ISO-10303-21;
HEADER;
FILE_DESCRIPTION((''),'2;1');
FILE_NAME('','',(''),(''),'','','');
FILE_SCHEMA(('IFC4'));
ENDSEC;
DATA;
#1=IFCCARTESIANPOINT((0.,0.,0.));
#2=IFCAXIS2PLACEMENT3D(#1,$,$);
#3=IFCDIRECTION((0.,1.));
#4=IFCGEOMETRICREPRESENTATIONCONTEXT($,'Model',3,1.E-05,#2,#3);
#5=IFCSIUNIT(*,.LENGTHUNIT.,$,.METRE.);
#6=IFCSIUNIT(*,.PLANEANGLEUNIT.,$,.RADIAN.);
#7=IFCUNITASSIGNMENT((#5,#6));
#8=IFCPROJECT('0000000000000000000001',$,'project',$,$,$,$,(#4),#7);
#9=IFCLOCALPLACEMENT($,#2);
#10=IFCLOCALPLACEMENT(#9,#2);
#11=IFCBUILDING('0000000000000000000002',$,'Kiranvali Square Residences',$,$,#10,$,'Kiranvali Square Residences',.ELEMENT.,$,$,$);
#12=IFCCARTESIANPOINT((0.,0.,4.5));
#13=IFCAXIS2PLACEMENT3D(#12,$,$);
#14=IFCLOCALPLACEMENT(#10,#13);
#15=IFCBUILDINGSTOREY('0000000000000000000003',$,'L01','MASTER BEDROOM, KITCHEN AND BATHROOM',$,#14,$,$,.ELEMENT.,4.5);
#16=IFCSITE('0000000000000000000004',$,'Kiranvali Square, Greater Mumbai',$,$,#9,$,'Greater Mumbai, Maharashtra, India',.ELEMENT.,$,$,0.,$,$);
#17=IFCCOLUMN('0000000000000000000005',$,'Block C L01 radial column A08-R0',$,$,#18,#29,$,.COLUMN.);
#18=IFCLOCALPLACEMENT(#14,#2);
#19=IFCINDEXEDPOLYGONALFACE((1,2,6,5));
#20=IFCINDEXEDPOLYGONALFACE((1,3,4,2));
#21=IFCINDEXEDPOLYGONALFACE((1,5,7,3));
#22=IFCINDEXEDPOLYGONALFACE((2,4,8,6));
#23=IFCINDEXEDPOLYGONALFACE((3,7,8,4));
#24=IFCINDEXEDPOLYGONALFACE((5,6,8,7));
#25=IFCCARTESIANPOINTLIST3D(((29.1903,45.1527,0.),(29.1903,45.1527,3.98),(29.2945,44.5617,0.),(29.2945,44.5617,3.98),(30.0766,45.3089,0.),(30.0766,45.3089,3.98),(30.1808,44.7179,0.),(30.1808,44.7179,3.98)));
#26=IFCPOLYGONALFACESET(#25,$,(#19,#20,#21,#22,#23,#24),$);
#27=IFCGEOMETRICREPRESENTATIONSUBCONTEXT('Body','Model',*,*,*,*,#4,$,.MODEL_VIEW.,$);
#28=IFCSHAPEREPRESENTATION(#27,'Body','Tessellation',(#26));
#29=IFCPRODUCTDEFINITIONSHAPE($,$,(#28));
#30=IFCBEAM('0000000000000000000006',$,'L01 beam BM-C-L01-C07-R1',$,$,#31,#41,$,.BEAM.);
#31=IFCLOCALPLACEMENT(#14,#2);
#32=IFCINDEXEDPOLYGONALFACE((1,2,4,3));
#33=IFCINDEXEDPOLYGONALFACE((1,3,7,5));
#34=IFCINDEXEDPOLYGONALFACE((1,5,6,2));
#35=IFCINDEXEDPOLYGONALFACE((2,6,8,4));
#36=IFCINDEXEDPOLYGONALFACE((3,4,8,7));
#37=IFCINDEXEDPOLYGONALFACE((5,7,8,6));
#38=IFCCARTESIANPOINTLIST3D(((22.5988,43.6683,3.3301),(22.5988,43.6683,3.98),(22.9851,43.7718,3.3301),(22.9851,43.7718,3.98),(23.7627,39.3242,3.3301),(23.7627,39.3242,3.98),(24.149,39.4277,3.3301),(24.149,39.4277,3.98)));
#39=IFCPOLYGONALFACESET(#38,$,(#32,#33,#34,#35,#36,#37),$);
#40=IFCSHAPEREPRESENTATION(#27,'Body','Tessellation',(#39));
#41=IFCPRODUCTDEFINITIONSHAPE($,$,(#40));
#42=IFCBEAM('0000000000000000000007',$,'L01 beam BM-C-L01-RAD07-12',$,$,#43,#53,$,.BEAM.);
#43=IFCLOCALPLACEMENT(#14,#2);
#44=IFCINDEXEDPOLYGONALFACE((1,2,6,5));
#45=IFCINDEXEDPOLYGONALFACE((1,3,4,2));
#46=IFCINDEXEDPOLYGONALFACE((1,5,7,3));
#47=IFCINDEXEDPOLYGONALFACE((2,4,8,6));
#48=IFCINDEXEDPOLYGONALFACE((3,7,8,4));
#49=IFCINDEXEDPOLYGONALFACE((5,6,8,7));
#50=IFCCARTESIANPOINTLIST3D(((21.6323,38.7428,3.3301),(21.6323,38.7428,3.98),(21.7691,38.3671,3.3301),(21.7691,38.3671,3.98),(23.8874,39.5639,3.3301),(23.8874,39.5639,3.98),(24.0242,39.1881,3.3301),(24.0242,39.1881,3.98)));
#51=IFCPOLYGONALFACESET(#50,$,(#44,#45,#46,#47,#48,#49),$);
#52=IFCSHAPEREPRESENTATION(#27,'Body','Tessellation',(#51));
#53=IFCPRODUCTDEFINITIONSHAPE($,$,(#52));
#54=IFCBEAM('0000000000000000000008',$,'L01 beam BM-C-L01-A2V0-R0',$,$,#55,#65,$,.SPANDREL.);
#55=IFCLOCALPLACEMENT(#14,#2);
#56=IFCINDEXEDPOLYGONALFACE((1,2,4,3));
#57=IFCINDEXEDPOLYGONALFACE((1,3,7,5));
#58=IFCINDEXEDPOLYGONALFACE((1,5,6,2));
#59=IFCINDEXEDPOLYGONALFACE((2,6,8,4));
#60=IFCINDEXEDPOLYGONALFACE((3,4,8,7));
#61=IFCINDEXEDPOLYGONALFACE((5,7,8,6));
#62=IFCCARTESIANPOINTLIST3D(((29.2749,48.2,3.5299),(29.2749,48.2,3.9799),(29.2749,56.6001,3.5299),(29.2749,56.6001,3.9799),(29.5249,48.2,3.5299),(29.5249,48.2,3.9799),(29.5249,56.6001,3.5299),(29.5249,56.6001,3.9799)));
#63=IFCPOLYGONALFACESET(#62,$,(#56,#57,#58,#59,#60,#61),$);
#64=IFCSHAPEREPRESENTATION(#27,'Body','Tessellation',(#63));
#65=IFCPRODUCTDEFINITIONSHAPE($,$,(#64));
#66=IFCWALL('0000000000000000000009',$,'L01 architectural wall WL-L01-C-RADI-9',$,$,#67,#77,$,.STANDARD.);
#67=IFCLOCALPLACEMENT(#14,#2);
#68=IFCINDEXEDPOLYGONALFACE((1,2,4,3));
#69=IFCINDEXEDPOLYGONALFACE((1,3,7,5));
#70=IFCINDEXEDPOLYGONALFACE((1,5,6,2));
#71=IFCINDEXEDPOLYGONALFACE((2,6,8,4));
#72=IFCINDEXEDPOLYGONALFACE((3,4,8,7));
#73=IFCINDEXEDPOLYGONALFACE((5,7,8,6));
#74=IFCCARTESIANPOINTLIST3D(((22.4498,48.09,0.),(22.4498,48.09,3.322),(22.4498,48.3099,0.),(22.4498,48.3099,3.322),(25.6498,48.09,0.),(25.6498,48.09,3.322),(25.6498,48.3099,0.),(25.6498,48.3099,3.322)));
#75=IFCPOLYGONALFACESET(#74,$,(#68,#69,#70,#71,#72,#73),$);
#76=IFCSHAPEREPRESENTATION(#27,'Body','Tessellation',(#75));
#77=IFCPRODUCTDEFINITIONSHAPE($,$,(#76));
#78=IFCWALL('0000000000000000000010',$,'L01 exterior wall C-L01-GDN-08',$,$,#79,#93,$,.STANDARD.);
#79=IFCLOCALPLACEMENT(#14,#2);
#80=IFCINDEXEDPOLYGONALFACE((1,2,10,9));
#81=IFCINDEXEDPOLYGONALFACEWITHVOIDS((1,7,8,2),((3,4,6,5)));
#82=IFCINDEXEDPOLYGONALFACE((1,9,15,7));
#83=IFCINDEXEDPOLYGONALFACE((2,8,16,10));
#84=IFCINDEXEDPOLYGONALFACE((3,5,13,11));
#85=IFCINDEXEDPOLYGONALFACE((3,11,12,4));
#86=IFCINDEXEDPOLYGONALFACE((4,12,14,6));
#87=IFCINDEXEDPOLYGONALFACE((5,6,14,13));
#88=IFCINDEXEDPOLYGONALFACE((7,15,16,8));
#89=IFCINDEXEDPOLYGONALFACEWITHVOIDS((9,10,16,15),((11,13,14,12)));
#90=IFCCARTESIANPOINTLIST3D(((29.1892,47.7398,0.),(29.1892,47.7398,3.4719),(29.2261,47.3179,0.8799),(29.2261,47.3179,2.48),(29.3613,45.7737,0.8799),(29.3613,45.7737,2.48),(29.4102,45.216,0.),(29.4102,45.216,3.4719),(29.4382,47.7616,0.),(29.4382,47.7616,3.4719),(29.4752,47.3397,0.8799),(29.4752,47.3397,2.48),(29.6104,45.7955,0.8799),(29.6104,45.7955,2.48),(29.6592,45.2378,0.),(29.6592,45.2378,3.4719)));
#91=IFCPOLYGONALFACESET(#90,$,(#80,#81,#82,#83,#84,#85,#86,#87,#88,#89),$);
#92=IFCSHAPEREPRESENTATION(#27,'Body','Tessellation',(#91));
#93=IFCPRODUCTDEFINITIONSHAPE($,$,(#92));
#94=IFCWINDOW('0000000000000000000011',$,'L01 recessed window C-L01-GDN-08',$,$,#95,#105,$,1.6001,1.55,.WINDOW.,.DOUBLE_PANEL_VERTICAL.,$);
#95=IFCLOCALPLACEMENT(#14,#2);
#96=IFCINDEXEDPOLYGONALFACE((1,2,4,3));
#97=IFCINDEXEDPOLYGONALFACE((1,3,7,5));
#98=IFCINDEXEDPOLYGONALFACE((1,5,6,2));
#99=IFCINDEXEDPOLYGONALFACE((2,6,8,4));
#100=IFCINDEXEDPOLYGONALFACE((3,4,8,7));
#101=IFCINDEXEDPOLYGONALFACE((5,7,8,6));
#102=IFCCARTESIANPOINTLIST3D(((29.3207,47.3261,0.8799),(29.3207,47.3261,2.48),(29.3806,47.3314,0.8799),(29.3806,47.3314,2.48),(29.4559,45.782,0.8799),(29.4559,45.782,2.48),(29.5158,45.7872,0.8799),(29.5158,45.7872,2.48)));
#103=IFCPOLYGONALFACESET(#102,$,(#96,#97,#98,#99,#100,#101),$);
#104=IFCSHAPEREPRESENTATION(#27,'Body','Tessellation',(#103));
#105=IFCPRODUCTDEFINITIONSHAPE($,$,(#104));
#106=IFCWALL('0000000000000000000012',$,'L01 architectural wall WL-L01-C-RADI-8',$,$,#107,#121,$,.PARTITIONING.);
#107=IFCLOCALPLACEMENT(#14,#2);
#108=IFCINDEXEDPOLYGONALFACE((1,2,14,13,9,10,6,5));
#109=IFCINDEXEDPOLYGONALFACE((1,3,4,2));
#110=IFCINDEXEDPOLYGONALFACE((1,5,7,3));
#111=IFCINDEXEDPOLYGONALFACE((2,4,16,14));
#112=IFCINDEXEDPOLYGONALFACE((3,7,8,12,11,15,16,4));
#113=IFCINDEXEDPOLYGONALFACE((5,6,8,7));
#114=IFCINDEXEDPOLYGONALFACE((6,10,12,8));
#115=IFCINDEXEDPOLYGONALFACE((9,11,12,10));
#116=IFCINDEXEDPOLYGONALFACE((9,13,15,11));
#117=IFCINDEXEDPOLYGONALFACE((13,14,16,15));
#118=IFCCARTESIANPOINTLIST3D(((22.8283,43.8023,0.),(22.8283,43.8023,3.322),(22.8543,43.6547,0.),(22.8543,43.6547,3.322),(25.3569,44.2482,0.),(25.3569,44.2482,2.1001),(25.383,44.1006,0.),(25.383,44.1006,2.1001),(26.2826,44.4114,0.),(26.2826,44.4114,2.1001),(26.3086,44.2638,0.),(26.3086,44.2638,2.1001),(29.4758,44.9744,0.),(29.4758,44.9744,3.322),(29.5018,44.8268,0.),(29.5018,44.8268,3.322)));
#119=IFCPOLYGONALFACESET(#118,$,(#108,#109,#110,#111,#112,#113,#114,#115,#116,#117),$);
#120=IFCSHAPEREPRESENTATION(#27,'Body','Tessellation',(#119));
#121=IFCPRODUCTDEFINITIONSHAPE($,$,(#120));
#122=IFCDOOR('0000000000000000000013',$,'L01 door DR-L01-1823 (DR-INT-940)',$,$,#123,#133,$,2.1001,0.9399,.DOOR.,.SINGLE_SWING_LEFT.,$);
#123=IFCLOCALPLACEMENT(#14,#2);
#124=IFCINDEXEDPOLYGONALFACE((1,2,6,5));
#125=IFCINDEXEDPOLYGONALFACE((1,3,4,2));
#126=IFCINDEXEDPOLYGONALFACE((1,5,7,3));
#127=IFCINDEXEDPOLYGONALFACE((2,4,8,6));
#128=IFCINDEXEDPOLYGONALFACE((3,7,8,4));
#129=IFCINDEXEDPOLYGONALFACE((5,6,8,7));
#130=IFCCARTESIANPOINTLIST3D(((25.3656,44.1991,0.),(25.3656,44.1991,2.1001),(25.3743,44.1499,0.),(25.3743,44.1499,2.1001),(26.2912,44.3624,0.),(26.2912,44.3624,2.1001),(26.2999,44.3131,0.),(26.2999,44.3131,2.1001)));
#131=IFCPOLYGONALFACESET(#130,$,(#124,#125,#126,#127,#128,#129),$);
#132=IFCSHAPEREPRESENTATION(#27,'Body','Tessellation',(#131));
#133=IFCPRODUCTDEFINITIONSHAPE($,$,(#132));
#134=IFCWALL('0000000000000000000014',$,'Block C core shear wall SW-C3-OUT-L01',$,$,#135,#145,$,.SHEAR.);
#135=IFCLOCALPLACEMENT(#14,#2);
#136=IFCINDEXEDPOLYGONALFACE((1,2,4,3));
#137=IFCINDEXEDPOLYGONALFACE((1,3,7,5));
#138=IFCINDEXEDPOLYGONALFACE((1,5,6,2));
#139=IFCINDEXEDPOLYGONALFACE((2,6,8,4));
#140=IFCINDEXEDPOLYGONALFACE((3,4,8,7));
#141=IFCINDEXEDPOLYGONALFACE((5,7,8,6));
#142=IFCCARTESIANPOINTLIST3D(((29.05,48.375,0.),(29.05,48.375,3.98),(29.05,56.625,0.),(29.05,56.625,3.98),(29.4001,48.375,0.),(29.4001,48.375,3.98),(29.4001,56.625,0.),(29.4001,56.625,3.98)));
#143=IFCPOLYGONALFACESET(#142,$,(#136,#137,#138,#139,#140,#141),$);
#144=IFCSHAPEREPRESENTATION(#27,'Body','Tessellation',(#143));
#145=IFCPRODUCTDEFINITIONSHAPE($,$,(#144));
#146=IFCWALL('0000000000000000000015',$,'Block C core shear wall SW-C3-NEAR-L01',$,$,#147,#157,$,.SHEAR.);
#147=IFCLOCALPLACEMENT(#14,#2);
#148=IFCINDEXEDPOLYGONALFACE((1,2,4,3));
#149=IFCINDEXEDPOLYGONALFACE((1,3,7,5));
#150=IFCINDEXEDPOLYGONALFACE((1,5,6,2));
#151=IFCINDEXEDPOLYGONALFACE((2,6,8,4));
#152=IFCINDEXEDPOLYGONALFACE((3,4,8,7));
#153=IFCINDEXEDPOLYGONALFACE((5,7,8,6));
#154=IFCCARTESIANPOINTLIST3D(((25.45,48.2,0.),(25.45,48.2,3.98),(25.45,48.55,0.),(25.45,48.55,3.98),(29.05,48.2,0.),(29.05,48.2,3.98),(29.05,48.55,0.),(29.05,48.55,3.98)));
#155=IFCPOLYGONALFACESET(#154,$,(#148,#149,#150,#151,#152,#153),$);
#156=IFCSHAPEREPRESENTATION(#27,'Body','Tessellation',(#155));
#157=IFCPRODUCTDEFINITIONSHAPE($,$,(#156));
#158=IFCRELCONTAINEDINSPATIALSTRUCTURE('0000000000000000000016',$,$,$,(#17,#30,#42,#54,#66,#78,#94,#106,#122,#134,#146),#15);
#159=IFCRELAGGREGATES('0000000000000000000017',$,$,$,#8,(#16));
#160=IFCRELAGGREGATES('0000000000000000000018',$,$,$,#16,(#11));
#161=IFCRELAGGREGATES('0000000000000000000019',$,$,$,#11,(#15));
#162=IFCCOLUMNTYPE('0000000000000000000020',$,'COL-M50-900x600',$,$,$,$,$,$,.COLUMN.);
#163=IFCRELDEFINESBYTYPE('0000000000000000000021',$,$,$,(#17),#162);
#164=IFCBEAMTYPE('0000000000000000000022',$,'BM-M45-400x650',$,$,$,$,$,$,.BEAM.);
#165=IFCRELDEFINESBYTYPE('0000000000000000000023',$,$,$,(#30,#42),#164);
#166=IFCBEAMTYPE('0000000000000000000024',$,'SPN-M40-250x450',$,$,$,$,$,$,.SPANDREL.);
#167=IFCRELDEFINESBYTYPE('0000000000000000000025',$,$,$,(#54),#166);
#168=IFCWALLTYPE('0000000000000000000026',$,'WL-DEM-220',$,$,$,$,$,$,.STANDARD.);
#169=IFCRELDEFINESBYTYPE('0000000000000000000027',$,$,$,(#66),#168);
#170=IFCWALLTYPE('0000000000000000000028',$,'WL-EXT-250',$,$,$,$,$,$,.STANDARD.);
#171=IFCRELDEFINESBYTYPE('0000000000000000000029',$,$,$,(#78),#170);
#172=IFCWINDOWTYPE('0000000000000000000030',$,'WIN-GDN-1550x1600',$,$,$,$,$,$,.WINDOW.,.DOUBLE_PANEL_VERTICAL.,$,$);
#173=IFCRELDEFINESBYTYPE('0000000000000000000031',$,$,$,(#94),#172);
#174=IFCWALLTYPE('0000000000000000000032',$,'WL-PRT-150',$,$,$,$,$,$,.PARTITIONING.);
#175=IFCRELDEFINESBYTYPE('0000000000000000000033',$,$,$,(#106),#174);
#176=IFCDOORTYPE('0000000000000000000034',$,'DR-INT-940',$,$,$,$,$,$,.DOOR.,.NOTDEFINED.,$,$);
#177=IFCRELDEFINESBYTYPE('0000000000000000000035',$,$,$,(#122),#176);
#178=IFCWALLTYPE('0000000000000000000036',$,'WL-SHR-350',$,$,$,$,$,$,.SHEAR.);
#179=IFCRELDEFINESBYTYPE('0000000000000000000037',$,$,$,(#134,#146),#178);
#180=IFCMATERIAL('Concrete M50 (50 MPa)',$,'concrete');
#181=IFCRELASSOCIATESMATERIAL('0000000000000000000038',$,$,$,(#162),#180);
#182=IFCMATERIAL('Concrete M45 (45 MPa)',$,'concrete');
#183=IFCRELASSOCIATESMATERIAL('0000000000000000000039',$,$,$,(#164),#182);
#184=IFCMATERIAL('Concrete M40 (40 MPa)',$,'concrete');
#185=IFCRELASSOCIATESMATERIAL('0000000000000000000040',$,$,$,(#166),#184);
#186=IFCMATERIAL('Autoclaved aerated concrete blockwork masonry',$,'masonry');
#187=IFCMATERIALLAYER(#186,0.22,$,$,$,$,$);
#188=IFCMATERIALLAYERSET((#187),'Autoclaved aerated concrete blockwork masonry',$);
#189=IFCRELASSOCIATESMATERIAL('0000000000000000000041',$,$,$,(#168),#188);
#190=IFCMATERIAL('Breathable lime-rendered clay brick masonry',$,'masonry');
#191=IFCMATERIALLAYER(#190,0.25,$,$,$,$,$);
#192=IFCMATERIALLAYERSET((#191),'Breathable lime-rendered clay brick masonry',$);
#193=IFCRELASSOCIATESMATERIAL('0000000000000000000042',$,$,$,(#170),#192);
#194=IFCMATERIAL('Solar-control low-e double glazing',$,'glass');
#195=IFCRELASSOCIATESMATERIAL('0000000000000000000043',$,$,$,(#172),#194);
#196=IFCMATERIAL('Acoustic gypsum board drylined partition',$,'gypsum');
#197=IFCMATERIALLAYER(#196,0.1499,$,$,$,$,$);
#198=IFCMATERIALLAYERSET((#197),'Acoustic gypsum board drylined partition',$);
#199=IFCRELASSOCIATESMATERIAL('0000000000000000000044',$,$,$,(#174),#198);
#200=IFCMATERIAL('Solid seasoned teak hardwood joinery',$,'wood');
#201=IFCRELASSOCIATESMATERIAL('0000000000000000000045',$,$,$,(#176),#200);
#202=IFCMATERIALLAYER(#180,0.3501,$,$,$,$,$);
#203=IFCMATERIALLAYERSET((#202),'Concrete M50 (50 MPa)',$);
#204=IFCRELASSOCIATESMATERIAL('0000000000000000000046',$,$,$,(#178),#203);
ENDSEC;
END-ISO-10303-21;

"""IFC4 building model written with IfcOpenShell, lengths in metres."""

from ifc_helpers import new_model, si_unit, direction, frame, frame_2d, origin, origin_2d, place, context, subcontext, project, spatial, rectangle, extrude, material, layer, layer_set, material_profile, profile_set, type_object, element, fill, save


model = new_model("IFC4")

# Units and contexts
model_context = context("Model", 3, precision=1e-05, world=origin(), true_north=direction((0.0, 1.0)))
body_context = subcontext(model_context, "Body", "Model", "MODEL_VIEW")
ifc_project = project(units=[si_unit("LENGTHUNIT", "METRE"), si_unit("PLANEANGLEUNIT", "RADIAN")], contexts=[model_context])

# Site, building, storey
site_placement = place(None, origin())
site = spatial("IfcSite", under=ifc_project, at=site_placement, Name="Kiranvali Square, Greater Mumbai", LongName="Greater Mumbai, Maharashtra, India", CompositionType="ELEMENT", RefElevation=0.0)
building_placement = place(site_placement, origin())
building = spatial("IfcBuilding", under=site, at=building_placement, Name="Kiranvali Square Residences", LongName="Kiranvali Square Residences", CompositionType="ELEMENT")
storey_placement = place(building_placement, frame((0.0, 0.0, 4.5)))
storey = spatial("IfcBuildingStorey", under=building, at=storey_placement, Name="L01", Description="MASTER BEDROOM, KITCHEN AND BATHROOM", CompositionType="ELEMENT", Elevation=4.5)

# Column
ifc_material_1 = material(Name="Concrete M50 (50 MPa)", Category="concrete")
ifc_material_profile_1 = material_profile(ifc_material_1, rectangle(XDim=0.6001, YDim=0.8999, at=origin_2d()), Name="RC 900x600")
ifc_profile_set_1 = profile_set([ifc_material_profile_1], Name="Concrete M50 (50 MPa)")
column_type = type_object("IfcColumnType", Name="COL-M50-900x600", PredefinedType="COLUMN", material=ifc_profile_set_1)
column_placement = place(storey_placement, frame((29.6855, 44.9353, 0.0), z_axis=(0.0, 0.0, 1.0), x_axis=(-0.173648, 0.984808, 0.0)))
element("IfcColumn", 1, at=column_placement, inside=storey, type_object=column_type, Name="Block C L01 radial column A08-R0", PredefinedType="COLUMN", context=body_context, shape_type="SweptSolid", body=[
    extrude(rectangle(XDim=0.6001, YDim=0.8999, at=origin_2d()), origin(), (0.0, 0.0, 1.0), 3.98),
])

# Beams
ifc_material_2 = material(Name="Concrete M45 (45 MPa)", Category="concrete")
ifc_material_profile_2 = material_profile(ifc_material_2, rectangle(XDim=0.3999, YDim=0.6499, at=origin_2d()), Name="RC 400x650")
ifc_profile_set_2 = profile_set([ifc_material_profile_2], Name="Concrete M45 (45 MPa)")
beam_type_1 = type_object("IfcBeamType", Name="BM-M45-400x650", PredefinedType="BEAM", material=ifc_profile_set_2)
beam_1_placement = place(storey_placement, frame((23.9558, 39.376, 3.655), z_axis=(-0.258788, 0.965934, 0.0), x_axis=(-0.965934, -0.258788, 0.0)))
element("IfcBeam", 2, at=beam_1_placement, inside=storey, type_object=beam_type_1, Name="L01 beam BM-C-L01-C07-R1", PredefinedType="BEAM", context=body_context, shape_type="SweptSolid", body=[
    extrude(rectangle(XDim=0.3999, YDim=0.6499, at=origin_2d()), origin(), (0.0, 0.0, 1.0), 4.4973),
])
beam_2_placement = place(storey_placement, frame((23.9558, 39.376, 3.655), z_axis=(-0.93966, -0.342111, 0.0), x_axis=(0.342111, -0.93966, 0.0)))
element("IfcBeam", 3, at=beam_2_placement, inside=storey, type_object=beam_type_1, Name="L01 beam BM-C-L01-RAD07-12", PredefinedType="BEAM", context=body_context, shape_type="SweptSolid", body=[
    extrude(rectangle(XDim=0.3999, YDim=0.6499, at=origin_2d()), origin(), (0.0, 0.0, 1.0), 2.3999),
])
ifc_material_3 = material(Name="Concrete M40 (40 MPa)", Category="concrete")
ifc_material_profile_3 = material_profile(ifc_material_3, rectangle(XDim=0.25, YDim=0.45, at=origin_2d()), Name="RC 250x450")
ifc_profile_set_3 = profile_set([ifc_material_profile_3], Name="Concrete M40 (40 MPa)")
beam_type_2 = type_object("IfcBeamType", Name="SPN-M40-250x450", PredefinedType="SPANDREL", material=ifc_profile_set_3)
beam_3_placement = place(storey_placement, frame((29.3999, 48.2, 3.7549), z_axis=(0.0, 1.0, 0.0), x_axis=(-1.0, 0.0, 0.0)))
element("IfcBeam", 4, at=beam_3_placement, inside=storey, type_object=beam_type_2, Name="L01 beam BM-C-L01-A2V0-R0", PredefinedType="SPANDREL", context=body_context, shape_type="SweptSolid", body=[
    extrude(rectangle(XDim=0.25, YDim=0.45, at=origin_2d()), origin(), (0.0, 0.0, 1.0), 8.4001),
])

# Shared definitions
ifc_material_4 = material(Name="Autoclaved aerated concrete blockwork masonry", Category="masonry")

# Wall
ifc_layer_1 = layer(ifc_material_4, 0.22)
ifc_layer_set_1 = layer_set([ifc_layer_1], Name="Autoclaved aerated concrete blockwork masonry")
wall_type_1 = type_object("IfcWallType", Name="WL-DEM-220", PredefinedType="STANDARD", material=ifc_layer_set_1)
wall_1_placement = place(storey_placement, frame((25.6499, 48.2, 0.0), z_axis=(0.0, 0.0, 1.0), x_axis=(-1.0, 0.0, 0.0)))
element("IfcWall", 5, at=wall_1_placement, inside=storey, type_object=wall_type_1, Name="L01 architectural wall WL-L01-C-RADI-9", PredefinedType="STANDARD", context=body_context, shape_type="SweptSolid", body=[
    extrude(rectangle(XDim=3.2, YDim=0.22, at=frame_2d((1.6001, 0.0))), origin(), (0.0, 0.0, 1.0), 3.322),
])

# Wall, opening, window
ifc_material_5 = material(Name="Breathable lime-rendered clay brick masonry", Category="masonry")
ifc_layer_2 = layer(ifc_material_5, 0.25)
ifc_layer_set_2 = layer_set([ifc_layer_2], Name="Breathable lime-rendered clay brick masonry")
wall_type_2 = type_object("IfcWallType", Name="WL-EXT-250", PredefinedType="STANDARD", material=ifc_layer_set_2)
wall_2_placement = place(storey_placement, frame((29.5347, 45.2271, 0.0), z_axis=(0.0, 0.0, 1.0), x_axis=(-0.087216, 0.996189, 0.0)))
wall_2 = element("IfcWall", 6, at=wall_2_placement, inside=storey, type_object=wall_type_2, Name="L01 exterior wall C-L01-GDN-08", PredefinedType="STANDARD", context=body_context, shape_type="SweptSolid", body=[
    extrude(rectangle(XDim=2.5334, YDim=0.25, at=frame_2d((1.2666, 0.0))), origin(), (0.0, 0.0, 1.0), 3.4719),
])
opening_1_placement = place(wall_2_placement, frame((0.5598, 0.0, 0.8799)))
opening_1 = element("IfcOpeningElement", 7, at=opening_1_placement, cuts=wall_2, PredefinedType="OPENING", context=body_context, shape_type="SweptSolid", body=[
    extrude(rectangle(XDim=1.55, YDim=1.6001, at=frame_2d((0.7749, 0.8))), frame((0.0, 0.135, 0.0), z_axis=(0.0, -1.0, 0.0), x_axis=(1.0, 0.0, 0.0)), (0.0, 0.0, 1.0), 0.27),
])
ifc_material_6 = material(Name="Solar-control low-e double glazing", Category="glass")
window_type = type_object("IfcWindowType", Name="WIN-GDN-1550x1600", PartitioningType="DOUBLE_PANEL_VERTICAL", PredefinedType="WINDOW", material=ifc_material_6)
window_placement = place(opening_1_placement, origin())
window = element("IfcWindow", 8, at=window_placement, inside=storey, type_object=window_type, Name="L01 recessed window C-L01-GDN-08", OverallHeight=1.6001, OverallWidth=1.55, PartitioningType="DOUBLE_PANEL_VERTICAL", PredefinedType="WINDOW", context=body_context, shape_type="SweptSolid", body=[
    extrude(rectangle(XDim=1.55, YDim=1.6001, at=frame_2d((0.7749, 0.8))), frame((0.0, 0.03, 0.0), z_axis=(0.0, -1.0, 0.0), x_axis=(1.0, 0.0, 0.0)), (0.0, 0.0, 1.0), 0.0601),
])
fill(opening_1, window)

# Wall, opening, door
ifc_material_7 = material(Name="Acoustic gypsum board drylined partition", Category="gypsum")
ifc_layer_3 = layer(ifc_material_7, 0.1499)
ifc_layer_set_3 = layer_set([ifc_layer_3], Name="Acoustic gypsum board drylined partition")
wall_type_3 = type_object("IfcWallType", Name="WL-PRT-150", PredefinedType="PARTITIONING", material=ifc_layer_set_3)
wall_3_placement = place(storey_placement, frame((29.4888, 44.9006, 0.0), z_axis=(0.0, 0.0, 1.0), x_axis=(-0.984808, -0.173647, 0.0)))
wall_3 = element("IfcWall", 9, at=wall_3_placement, inside=storey, type_object=wall_type_3, Name="L01 architectural wall WL-L01-C-RADI-8", PredefinedType="PARTITIONING", context=body_context, shape_type="SweptSolid", body=[
    extrude(rectangle(XDim=6.75, YDim=0.1499, at=frame_2d((3.375, 0.0))), origin(), (0.0, 0.0, 1.0), 3.322),
])
opening_2_placement = place(wall_3_placement, frame((3.2424, 0.0, 0.0)))
opening_2 = element("IfcOpeningElement", 10, at=opening_2_placement, cuts=wall_3, PredefinedType="OPENING", context=body_context, shape_type="SweptSolid", body=[
    extrude(rectangle(XDim=0.9399, YDim=2.1001, at=frame_2d((0.47, 1.05))), frame((0.0, 0.085, 0.0), z_axis=(0.0, -1.0, 0.0), x_axis=(1.0, 0.0, 0.0)), (0.0, 0.0, 1.0), 0.1699),
])
ifc_material_8 = material(Name="Solid seasoned teak hardwood joinery", Category="wood")
door_type_1 = type_object("IfcDoorType", Name="DR-INT-940", OperationType="NOTDEFINED", PredefinedType="DOOR", material=ifc_material_8)
door_1_placement = place(opening_2_placement, origin())
door_1 = element("IfcDoor", 11, at=door_1_placement, inside=storey, type_object=door_type_1, Name="L01 door DR-L01-1823 (DR-INT-940)", OperationType="SINGLE_SWING_LEFT", OverallHeight=2.1001, OverallWidth=0.9399, PredefinedType="DOOR", context=body_context, shape_type="SweptSolid", body=[
    extrude(rectangle(XDim=0.9399, YDim=2.1001, at=frame_2d((0.47, 1.05))), frame((0.0, 0.0249, 0.0), z_axis=(0.0, -1.0, 0.0), x_axis=(1.0, 0.0, 0.0)), (0.0, 0.0, 1.0), 0.05),
])
fill(opening_2, door_1)

# Wall
ifc_layer_4 = layer(ifc_material_1, 0.3501)
ifc_layer_set_4 = layer_set([ifc_layer_4], Name="Concrete M50 (50 MPa)")
wall_type_4 = type_object("IfcWallType", Name="WL-SHR-350", PredefinedType="SHEAR", material=ifc_layer_set_4)
wall_4_placement = place(storey_placement, frame((29.2251, 48.375, 0.0), z_axis=(0.0, 0.0, 1.0), x_axis=(0.0, 1.0, 0.0)))
element("IfcWall", 12, at=wall_4_placement, inside=storey, type_object=wall_type_4, Name="Block C core shear wall SW-C3-OUT-L01", PredefinedType="SHEAR", context=body_context, shape_type="SweptSolid", body=[
    extrude(rectangle(XDim=8.25, YDim=0.3501, at=frame_2d((4.125, 0.0))), origin(), (0.0, 0.0, 1.0), 3.98),
])

# Wall
wall_5_placement = place(storey_placement, frame((29.05, 48.375, 0.0), z_axis=(0.0, 0.0, 1.0), x_axis=(-1.0, 0.0, 0.0)))
element("IfcWall", 13, at=wall_5_placement, inside=storey, type_object=wall_type_4, Name="Block C core shear wall SW-C3-NEAR-L01", PredefinedType="SHEAR", context=body_context, shape_type="SweptSolid", body=[
    extrude(rectangle(XDim=3.6001, YDim=0.3501, at=frame_2d((1.8, 0.0))), origin(), (0.0, 0.0, 1.0), 3.98),
])

save(model, "model.ifc")
